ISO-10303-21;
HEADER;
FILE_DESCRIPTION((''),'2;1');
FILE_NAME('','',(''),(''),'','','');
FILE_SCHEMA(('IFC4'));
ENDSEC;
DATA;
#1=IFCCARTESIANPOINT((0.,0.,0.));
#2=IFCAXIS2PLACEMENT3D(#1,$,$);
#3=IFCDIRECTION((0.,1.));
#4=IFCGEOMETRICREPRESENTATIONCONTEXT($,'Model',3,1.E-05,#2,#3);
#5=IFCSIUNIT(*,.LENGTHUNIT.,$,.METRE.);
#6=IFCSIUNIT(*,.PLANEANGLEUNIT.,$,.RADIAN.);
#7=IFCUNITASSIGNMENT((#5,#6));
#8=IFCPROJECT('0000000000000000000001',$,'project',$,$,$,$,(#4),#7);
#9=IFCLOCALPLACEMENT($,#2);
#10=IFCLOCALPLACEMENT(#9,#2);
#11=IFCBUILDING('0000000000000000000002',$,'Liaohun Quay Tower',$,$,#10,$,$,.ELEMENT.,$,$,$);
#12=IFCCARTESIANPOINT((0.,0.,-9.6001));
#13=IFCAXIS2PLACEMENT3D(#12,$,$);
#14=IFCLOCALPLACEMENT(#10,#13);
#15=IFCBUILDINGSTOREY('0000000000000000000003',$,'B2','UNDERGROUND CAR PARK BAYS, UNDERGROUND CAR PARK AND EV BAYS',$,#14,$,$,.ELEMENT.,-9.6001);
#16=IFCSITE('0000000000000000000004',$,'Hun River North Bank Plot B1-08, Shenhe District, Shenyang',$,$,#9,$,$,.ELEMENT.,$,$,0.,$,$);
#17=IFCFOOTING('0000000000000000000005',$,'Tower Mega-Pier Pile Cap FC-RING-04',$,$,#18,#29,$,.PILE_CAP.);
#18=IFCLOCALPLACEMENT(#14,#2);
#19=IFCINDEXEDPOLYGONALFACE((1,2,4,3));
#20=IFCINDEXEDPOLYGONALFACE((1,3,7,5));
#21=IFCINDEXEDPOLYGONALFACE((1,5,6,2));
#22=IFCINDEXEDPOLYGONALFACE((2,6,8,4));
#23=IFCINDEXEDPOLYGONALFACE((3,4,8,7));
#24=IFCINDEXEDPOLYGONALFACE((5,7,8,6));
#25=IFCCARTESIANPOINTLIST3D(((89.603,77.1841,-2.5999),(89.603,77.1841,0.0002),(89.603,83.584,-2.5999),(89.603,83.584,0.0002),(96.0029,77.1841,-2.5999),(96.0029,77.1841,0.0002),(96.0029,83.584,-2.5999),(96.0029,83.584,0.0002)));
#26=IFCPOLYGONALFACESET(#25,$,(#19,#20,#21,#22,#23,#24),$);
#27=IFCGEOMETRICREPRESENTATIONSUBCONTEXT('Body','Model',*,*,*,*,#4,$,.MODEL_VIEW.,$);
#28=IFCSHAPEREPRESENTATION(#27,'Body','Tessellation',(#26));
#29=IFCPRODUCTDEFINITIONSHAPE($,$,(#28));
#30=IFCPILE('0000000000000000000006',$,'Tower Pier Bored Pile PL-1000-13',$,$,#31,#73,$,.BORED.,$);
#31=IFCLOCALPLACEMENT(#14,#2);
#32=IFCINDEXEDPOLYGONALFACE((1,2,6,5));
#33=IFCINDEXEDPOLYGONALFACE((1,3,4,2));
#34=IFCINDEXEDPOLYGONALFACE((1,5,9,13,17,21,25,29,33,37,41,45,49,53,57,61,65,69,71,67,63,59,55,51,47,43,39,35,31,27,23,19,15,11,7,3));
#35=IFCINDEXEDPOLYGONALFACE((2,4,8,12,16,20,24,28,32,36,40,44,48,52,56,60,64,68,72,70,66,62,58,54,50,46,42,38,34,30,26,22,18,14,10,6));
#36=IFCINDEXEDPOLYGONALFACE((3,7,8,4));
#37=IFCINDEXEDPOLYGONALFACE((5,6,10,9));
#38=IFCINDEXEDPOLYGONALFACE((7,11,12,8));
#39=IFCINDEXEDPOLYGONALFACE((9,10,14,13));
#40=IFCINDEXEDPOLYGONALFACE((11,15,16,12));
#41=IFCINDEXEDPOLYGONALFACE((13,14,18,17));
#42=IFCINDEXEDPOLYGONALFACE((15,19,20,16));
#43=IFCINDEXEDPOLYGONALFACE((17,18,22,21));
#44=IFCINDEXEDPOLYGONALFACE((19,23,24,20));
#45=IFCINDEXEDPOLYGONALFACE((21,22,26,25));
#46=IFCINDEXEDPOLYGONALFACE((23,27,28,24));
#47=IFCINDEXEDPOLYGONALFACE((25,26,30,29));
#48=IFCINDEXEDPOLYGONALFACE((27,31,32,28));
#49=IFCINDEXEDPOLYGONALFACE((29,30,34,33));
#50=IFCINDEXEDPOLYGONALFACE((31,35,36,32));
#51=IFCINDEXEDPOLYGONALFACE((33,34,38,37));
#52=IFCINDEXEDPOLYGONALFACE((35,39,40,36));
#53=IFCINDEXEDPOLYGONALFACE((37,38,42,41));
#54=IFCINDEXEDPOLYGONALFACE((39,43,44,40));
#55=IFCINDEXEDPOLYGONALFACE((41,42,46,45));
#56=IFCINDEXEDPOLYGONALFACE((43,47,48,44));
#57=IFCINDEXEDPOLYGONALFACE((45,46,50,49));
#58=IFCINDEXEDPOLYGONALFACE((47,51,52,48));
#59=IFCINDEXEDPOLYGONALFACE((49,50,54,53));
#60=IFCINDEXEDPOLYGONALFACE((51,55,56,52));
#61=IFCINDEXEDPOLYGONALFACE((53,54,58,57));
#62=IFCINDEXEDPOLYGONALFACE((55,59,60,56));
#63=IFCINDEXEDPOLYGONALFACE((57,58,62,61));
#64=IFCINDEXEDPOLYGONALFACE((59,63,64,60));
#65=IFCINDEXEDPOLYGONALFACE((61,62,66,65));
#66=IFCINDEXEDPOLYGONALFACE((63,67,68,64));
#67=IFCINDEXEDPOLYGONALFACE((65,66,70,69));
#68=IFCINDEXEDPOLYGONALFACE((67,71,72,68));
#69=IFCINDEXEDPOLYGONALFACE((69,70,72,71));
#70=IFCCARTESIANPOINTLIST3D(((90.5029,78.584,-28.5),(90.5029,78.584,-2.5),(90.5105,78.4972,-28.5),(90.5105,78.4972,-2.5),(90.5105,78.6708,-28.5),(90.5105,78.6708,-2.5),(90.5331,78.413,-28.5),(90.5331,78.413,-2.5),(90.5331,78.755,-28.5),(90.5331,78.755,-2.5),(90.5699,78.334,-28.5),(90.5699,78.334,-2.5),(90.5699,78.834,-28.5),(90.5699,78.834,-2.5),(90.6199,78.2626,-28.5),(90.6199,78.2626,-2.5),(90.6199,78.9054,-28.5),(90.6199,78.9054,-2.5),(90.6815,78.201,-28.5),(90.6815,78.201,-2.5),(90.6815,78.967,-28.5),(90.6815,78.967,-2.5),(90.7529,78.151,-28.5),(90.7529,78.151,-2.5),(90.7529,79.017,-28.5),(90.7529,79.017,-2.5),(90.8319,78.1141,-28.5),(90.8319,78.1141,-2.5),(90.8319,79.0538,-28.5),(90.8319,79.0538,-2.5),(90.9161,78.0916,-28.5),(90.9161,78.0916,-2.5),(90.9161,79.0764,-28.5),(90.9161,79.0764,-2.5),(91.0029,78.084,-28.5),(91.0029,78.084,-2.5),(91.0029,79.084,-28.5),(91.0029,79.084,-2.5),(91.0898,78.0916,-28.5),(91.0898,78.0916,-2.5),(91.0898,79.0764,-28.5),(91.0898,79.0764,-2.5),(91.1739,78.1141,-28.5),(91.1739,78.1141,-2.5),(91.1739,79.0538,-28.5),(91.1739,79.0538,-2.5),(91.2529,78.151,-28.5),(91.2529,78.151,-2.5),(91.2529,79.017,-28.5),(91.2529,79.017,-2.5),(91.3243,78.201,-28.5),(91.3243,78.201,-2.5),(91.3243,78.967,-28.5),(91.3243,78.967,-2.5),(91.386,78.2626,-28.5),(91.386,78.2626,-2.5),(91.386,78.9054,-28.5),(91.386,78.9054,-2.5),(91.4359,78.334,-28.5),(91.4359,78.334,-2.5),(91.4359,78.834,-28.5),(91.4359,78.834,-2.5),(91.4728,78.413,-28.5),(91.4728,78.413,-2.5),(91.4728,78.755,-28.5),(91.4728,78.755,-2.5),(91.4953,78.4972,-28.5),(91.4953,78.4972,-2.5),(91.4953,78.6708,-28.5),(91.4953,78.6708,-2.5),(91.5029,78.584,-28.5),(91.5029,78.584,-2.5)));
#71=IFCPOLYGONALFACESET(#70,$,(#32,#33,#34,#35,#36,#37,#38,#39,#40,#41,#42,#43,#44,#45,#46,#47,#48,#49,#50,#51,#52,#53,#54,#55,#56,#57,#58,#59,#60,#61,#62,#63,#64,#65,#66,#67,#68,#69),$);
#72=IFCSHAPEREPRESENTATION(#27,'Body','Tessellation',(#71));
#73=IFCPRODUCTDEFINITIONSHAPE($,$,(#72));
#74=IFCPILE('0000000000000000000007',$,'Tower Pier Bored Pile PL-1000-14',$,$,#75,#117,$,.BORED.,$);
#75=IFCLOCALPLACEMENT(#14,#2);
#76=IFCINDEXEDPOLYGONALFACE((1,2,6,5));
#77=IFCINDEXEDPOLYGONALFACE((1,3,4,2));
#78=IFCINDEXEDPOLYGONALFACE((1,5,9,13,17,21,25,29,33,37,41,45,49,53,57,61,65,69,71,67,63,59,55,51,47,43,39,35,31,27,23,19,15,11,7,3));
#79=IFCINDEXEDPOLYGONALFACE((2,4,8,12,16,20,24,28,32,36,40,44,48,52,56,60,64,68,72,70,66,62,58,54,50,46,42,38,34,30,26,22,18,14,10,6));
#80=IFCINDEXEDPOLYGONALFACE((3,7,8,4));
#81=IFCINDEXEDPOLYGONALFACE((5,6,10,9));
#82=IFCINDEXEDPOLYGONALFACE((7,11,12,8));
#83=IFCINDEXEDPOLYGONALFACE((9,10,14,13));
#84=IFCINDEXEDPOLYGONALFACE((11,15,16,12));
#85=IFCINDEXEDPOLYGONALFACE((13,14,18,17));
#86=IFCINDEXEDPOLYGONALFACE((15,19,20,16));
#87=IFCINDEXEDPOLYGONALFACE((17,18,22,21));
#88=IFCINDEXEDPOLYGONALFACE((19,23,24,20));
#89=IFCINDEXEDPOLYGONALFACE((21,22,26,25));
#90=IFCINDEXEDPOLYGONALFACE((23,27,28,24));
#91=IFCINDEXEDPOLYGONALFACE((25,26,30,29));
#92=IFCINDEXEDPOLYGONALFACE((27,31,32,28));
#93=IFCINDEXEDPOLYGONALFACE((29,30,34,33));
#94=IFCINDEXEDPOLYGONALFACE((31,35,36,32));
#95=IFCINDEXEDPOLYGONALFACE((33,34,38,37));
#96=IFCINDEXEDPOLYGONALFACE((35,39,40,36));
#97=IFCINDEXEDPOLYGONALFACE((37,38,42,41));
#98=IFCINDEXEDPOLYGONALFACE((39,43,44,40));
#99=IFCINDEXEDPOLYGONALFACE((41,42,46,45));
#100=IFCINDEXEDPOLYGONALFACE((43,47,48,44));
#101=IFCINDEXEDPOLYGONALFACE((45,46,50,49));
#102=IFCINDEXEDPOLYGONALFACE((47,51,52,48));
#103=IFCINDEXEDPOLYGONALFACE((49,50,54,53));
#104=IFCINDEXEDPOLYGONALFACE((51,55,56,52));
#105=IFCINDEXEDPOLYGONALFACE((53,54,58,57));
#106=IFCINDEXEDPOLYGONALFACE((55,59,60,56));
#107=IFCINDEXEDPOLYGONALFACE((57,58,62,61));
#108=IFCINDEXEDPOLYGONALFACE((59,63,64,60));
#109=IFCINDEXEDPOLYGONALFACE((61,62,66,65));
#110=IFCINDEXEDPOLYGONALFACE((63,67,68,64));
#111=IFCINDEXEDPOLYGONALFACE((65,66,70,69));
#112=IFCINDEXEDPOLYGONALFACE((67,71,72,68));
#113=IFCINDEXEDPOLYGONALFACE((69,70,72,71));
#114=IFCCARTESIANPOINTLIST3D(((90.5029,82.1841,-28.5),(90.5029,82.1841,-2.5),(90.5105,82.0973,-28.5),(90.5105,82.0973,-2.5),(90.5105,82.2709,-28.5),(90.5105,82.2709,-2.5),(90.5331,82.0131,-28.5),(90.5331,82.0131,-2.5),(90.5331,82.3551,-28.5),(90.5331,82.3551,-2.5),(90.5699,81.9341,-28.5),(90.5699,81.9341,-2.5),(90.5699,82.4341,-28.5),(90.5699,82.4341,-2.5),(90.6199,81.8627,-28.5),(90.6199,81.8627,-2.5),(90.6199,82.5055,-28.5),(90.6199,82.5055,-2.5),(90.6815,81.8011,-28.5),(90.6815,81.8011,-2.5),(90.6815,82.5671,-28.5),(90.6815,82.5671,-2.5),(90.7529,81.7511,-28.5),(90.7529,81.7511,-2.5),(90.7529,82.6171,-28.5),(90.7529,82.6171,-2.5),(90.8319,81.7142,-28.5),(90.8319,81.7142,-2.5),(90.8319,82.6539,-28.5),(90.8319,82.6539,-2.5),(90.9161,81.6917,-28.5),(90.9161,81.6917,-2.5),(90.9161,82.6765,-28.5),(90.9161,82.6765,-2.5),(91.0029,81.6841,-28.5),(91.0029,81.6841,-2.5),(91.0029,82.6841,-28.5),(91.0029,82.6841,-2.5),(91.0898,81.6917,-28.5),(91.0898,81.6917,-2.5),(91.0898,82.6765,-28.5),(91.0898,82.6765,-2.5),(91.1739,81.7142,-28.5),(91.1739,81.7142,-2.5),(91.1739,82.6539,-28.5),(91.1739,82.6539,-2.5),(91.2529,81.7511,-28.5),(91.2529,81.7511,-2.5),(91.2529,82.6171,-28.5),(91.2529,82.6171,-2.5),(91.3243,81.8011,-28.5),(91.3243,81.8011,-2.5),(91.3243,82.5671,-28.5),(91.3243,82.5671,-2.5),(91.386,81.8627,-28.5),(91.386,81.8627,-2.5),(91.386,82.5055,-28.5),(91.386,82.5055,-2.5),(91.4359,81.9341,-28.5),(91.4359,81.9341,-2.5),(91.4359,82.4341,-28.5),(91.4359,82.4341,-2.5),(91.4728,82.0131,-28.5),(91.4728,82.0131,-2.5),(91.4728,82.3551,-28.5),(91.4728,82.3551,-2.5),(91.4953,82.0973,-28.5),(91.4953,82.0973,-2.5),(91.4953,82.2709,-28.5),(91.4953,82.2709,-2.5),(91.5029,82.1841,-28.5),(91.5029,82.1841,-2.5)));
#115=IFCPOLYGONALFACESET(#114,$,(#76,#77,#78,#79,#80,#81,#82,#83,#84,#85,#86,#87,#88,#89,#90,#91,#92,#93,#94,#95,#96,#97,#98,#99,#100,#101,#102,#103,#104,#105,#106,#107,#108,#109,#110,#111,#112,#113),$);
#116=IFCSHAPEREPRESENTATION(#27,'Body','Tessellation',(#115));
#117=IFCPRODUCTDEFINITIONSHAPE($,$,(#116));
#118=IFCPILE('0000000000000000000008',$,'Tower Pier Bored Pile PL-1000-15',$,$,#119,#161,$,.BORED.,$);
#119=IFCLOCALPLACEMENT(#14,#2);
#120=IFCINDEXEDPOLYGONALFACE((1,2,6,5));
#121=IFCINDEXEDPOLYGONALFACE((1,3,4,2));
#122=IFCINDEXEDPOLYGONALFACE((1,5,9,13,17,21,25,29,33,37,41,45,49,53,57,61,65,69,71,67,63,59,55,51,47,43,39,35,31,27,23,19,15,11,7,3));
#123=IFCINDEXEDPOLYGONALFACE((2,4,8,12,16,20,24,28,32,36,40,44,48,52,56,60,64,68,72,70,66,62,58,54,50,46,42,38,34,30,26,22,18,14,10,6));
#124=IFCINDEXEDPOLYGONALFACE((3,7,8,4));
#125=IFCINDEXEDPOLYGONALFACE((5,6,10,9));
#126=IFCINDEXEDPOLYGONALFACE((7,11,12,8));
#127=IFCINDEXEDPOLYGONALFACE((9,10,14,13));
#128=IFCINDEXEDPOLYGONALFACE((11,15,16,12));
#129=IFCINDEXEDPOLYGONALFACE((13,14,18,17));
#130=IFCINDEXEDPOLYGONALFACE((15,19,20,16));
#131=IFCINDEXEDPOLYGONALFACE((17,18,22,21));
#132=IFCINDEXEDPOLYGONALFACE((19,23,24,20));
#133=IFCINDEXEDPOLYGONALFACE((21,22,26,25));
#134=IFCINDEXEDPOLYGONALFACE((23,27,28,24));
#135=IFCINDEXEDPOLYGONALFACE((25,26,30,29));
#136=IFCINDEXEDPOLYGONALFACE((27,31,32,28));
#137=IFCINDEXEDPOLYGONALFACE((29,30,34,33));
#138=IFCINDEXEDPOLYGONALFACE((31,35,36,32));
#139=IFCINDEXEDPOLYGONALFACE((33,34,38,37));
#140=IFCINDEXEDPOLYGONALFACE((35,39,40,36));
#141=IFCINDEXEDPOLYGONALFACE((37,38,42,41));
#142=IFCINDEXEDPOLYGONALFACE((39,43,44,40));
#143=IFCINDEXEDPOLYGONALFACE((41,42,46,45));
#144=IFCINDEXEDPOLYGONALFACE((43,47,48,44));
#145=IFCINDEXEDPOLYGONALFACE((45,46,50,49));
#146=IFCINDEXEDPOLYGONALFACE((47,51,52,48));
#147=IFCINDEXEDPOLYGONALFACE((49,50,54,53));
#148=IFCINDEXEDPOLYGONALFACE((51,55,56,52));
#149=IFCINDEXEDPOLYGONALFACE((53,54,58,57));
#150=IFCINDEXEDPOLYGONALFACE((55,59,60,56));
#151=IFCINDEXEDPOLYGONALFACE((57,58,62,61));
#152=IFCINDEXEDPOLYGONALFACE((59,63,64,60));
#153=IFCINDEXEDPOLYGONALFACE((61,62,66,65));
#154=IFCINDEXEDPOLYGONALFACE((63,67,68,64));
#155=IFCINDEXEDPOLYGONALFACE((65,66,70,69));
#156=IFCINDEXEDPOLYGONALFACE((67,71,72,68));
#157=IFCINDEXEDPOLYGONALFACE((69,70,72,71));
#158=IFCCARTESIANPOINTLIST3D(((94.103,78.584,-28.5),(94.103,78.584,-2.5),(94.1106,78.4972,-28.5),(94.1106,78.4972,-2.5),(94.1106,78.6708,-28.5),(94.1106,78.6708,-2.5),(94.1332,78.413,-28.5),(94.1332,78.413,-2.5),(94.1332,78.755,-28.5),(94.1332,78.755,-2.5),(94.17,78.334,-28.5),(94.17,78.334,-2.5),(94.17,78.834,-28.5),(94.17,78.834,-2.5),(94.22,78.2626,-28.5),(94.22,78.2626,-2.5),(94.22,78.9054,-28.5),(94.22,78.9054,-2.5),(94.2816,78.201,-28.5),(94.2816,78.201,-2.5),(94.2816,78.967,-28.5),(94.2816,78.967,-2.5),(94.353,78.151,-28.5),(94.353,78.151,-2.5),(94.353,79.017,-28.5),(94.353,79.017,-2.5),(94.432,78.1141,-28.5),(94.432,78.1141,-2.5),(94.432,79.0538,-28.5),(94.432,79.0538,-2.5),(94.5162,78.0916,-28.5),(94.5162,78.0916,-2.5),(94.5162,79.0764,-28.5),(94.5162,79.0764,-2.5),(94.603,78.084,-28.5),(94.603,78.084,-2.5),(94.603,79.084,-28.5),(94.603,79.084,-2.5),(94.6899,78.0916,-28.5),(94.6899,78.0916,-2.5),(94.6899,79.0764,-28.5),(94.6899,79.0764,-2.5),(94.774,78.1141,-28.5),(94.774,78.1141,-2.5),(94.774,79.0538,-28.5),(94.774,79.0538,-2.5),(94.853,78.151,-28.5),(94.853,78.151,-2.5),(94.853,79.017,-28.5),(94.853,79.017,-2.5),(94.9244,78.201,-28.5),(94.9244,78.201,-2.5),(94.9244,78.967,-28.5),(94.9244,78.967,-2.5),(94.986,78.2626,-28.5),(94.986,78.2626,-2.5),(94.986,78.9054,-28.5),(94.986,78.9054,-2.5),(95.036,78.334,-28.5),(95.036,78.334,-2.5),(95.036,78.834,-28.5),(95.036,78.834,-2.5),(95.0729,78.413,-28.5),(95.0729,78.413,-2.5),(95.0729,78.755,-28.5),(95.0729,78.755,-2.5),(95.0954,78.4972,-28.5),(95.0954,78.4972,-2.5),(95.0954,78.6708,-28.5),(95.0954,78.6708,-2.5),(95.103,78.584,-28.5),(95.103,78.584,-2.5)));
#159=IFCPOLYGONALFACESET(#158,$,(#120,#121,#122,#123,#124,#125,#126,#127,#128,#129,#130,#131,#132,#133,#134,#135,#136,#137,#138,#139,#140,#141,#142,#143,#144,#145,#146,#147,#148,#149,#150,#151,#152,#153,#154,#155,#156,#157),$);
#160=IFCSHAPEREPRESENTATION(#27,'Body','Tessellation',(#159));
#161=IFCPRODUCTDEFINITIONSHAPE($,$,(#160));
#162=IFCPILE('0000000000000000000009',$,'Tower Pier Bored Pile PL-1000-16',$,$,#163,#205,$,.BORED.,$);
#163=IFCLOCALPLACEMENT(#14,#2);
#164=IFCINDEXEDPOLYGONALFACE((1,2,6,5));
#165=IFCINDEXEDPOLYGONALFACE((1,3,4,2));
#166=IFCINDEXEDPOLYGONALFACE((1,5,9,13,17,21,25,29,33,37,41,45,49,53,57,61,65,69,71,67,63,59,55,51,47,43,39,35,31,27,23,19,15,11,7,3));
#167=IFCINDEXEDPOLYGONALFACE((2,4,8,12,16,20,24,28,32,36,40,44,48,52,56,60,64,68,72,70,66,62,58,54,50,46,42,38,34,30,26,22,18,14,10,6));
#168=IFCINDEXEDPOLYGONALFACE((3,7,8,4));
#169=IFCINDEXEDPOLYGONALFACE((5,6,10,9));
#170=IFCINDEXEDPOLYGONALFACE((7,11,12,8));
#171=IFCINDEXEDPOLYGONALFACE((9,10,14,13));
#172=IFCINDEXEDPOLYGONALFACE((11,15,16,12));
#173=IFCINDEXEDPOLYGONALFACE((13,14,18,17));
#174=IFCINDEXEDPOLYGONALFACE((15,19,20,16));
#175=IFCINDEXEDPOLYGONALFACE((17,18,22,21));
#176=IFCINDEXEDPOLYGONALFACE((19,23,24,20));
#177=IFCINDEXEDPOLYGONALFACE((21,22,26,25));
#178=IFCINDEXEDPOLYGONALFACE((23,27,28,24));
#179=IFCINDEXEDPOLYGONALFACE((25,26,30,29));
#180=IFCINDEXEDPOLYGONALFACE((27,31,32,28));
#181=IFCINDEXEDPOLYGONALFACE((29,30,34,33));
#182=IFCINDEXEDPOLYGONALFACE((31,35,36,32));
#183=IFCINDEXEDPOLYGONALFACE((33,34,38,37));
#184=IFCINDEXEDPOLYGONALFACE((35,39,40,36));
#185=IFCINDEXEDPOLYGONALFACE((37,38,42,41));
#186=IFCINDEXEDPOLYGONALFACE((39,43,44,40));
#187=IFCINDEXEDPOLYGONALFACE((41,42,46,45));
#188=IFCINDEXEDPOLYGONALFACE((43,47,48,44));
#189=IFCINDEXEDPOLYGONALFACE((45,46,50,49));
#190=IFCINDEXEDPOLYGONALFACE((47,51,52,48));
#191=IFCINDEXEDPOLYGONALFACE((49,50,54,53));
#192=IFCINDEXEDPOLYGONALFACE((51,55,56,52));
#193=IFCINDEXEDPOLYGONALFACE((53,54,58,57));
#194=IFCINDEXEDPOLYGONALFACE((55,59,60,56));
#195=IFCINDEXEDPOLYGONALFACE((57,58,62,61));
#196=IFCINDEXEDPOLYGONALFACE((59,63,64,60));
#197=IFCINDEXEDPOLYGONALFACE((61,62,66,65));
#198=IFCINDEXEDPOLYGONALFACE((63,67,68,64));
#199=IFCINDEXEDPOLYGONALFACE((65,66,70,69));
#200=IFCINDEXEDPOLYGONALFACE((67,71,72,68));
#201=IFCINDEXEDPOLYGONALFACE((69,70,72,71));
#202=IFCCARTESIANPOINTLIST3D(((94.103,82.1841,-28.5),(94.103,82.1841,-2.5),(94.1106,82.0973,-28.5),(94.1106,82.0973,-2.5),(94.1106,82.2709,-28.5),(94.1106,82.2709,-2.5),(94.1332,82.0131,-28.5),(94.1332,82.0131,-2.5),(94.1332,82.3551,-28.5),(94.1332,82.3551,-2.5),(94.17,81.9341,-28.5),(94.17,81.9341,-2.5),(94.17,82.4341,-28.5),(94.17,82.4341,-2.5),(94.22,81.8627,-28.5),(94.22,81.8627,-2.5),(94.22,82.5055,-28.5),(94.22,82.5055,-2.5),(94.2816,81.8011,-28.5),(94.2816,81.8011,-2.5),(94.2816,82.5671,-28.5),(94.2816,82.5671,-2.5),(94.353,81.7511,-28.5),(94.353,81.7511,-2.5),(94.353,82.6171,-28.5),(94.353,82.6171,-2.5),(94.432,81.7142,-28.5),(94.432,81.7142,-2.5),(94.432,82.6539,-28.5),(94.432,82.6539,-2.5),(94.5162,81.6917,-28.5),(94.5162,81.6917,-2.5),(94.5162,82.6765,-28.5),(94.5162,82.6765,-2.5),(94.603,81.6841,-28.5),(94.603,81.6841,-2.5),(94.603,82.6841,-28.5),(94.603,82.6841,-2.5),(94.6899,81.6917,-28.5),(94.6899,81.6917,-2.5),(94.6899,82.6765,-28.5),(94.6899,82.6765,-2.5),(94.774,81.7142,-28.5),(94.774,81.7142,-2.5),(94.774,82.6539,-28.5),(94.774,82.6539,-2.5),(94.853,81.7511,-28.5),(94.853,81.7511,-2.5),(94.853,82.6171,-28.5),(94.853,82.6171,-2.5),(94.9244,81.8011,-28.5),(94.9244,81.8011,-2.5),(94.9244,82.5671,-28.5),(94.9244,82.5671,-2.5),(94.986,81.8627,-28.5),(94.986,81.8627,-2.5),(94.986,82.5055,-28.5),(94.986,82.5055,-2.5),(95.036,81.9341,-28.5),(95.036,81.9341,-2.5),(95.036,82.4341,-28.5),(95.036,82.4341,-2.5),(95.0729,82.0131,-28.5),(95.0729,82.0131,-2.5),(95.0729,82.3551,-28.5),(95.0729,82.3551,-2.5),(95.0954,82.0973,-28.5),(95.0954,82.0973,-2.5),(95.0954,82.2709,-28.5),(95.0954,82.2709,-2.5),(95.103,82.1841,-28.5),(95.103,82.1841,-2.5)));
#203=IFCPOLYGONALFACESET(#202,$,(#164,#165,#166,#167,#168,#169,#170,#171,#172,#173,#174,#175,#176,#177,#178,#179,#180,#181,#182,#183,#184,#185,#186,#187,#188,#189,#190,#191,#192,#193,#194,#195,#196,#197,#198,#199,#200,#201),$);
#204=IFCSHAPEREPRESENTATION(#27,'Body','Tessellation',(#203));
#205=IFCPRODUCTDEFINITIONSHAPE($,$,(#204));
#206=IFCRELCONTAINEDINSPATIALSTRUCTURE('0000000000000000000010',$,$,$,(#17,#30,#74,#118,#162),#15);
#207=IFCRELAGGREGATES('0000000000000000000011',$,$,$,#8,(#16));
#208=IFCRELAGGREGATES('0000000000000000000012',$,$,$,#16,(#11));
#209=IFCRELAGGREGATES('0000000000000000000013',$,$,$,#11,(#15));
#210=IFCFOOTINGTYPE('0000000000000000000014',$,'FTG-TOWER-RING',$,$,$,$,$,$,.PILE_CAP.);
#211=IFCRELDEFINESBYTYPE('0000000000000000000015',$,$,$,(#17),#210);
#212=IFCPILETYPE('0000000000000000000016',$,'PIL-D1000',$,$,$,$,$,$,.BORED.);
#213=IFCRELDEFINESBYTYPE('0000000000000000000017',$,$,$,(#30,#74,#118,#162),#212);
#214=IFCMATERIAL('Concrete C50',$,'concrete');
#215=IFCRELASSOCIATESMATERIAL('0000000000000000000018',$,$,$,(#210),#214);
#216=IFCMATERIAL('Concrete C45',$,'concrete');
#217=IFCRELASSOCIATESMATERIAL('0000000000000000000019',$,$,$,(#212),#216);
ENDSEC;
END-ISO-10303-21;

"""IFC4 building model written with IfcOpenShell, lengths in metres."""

from ifc_helpers import new_model, si_unit, direction, frame, origin, origin_2d, place, context, subcontext, project, spatial, rectangle, circle, extrude, source, transform, mapped, material, material_profile, profile_set, type_object, element, save


model = new_model("IFC4")

# Units and contexts
model_context = context("Model", 3, precision=1e-05, world=origin(), true_north=direction((0.0, 1.0)))
body_context = subcontext(model_context, "Body", "Model", "MODEL_VIEW")
ifc_project = project(units=[si_unit("LENGTHUNIT", "METRE"), si_unit("PLANEANGLEUNIT", "RADIAN")], contexts=[model_context])

# Site, building, storey
site_placement = place(None, origin())
site = spatial("IfcSite", under=ifc_project, at=site_placement, Name="Hun River North Bank Plot B1-08, Shenhe District, Shenyang", CompositionType="ELEMENT", RefElevation=0.0)
building_placement = place(site_placement, origin())
building = spatial("IfcBuilding", under=site, at=building_placement, Name="Liaohun Quay Tower", CompositionType="ELEMENT")
storey_placement = place(building_placement, frame((0.0, 0.0, -9.6001)))
storey = spatial("IfcBuildingStorey", under=building, at=storey_placement, Name="B2", Description="UNDERGROUND CAR PARK BAYS, UNDERGROUND CAR PARK AND EV BAYS", CompositionType="ELEMENT", Elevation=-9.6001)

# Footing
ifc_material_1 = material(Name="Concrete C50", Category="concrete")
footing_type_1 = type_object("IfcFootingType", Name="FTG-TOWER-RING", PredefinedType="PILE_CAP", material=ifc_material_1)
shared_shape_1 = source(origin(), body_context, "Body", "SweptSolid", [
    extrude(rectangle(XDim=6.3999, YDim=6.3999, at=origin_2d()), origin(), (0.0, 0.0, 1.0), 2.6001),
])
footing_placement = place(storey_placement, frame((92.803, 80.384, -2.5999), z_axis=(0.0, 0.0, 1.0), x_axis=(1.0, 0.0, 0.0)))
element("IfcFooting", 1, at=footing_placement, inside=storey, type_object=footing_type_1, Name="Tower Mega-Pier Pile Cap FC-RING-04", PredefinedType="PILE_CAP", context=body_context, shape_type="MappedRepresentation", body=[
    mapped(shared_shape_1, transform((0.0, 0.0, 0.0), x_axis=(1.0, 0.0, 0.0), y_axis=(0.0, 1.0, 0.0), z_axis=(0.0, 0.0, 1.0), scale=1.0)),
])

# Piles
ifc_material_2 = material(Name="Concrete C45", Category="concrete")
ifc_material_profile_1 = material_profile(ifc_material_2, circle(Radius=0.5, at=origin_2d()), Name="PILE-D1000")
ifc_profile_set_1 = profile_set([ifc_material_profile_1], Name="Concrete C45")
pile_type = type_object("IfcPileType", Name="PIL-D1000", PredefinedType="BORED", material=ifc_profile_set_1)
shared_shape_2 = source(origin(), body_context, "Body", "SweptSolid", [
    extrude(circle(Radius=0.5, at=origin_2d()), origin(), (0.0, 0.0, 1.0), 26.0),
])
for number, where, z_axis, x_axis, name in (
    (2, (91.0029, 78.584, -2.5), (0.0, 0.0, -1.0), (1.0, 0.0, 0.0), "Tower Pier Bored Pile PL-1000-13"),
    (3, (91.0029, 82.1841, -2.5), (0.0, 0.0, -1.0), (1.0, 0.0, 0.0), "Tower Pier Bored Pile PL-1000-14"),
    (4, (94.603, 78.584, -2.5), (0.0, 0.0, -1.0), (1.0, 0.0, 0.0), "Tower Pier Bored Pile PL-1000-15"),
    (5, (94.603, 82.1841, -2.5), (0.0, 0.0, -1.0), (1.0, 0.0, 0.0), "Tower Pier Bored Pile PL-1000-16"),
):
    element("IfcPile", number, at=place(storey_placement, frame(where, z_axis=z_axis, x_axis=x_axis)), inside=storey, type_object=pile_type, Name=name, PredefinedType="BORED", context=body_context, shape_type="MappedRepresentation", body=[
        mapped(shared_shape_2, transform((0.0, 0.0, 0.0), x_axis=(1.0, 0.0, 0.0), y_axis=(0.0, 1.0, 0.0), z_axis=(0.0, 0.0, 1.0), scale=1.0)),
    ])

save(model, "model.ifc")
